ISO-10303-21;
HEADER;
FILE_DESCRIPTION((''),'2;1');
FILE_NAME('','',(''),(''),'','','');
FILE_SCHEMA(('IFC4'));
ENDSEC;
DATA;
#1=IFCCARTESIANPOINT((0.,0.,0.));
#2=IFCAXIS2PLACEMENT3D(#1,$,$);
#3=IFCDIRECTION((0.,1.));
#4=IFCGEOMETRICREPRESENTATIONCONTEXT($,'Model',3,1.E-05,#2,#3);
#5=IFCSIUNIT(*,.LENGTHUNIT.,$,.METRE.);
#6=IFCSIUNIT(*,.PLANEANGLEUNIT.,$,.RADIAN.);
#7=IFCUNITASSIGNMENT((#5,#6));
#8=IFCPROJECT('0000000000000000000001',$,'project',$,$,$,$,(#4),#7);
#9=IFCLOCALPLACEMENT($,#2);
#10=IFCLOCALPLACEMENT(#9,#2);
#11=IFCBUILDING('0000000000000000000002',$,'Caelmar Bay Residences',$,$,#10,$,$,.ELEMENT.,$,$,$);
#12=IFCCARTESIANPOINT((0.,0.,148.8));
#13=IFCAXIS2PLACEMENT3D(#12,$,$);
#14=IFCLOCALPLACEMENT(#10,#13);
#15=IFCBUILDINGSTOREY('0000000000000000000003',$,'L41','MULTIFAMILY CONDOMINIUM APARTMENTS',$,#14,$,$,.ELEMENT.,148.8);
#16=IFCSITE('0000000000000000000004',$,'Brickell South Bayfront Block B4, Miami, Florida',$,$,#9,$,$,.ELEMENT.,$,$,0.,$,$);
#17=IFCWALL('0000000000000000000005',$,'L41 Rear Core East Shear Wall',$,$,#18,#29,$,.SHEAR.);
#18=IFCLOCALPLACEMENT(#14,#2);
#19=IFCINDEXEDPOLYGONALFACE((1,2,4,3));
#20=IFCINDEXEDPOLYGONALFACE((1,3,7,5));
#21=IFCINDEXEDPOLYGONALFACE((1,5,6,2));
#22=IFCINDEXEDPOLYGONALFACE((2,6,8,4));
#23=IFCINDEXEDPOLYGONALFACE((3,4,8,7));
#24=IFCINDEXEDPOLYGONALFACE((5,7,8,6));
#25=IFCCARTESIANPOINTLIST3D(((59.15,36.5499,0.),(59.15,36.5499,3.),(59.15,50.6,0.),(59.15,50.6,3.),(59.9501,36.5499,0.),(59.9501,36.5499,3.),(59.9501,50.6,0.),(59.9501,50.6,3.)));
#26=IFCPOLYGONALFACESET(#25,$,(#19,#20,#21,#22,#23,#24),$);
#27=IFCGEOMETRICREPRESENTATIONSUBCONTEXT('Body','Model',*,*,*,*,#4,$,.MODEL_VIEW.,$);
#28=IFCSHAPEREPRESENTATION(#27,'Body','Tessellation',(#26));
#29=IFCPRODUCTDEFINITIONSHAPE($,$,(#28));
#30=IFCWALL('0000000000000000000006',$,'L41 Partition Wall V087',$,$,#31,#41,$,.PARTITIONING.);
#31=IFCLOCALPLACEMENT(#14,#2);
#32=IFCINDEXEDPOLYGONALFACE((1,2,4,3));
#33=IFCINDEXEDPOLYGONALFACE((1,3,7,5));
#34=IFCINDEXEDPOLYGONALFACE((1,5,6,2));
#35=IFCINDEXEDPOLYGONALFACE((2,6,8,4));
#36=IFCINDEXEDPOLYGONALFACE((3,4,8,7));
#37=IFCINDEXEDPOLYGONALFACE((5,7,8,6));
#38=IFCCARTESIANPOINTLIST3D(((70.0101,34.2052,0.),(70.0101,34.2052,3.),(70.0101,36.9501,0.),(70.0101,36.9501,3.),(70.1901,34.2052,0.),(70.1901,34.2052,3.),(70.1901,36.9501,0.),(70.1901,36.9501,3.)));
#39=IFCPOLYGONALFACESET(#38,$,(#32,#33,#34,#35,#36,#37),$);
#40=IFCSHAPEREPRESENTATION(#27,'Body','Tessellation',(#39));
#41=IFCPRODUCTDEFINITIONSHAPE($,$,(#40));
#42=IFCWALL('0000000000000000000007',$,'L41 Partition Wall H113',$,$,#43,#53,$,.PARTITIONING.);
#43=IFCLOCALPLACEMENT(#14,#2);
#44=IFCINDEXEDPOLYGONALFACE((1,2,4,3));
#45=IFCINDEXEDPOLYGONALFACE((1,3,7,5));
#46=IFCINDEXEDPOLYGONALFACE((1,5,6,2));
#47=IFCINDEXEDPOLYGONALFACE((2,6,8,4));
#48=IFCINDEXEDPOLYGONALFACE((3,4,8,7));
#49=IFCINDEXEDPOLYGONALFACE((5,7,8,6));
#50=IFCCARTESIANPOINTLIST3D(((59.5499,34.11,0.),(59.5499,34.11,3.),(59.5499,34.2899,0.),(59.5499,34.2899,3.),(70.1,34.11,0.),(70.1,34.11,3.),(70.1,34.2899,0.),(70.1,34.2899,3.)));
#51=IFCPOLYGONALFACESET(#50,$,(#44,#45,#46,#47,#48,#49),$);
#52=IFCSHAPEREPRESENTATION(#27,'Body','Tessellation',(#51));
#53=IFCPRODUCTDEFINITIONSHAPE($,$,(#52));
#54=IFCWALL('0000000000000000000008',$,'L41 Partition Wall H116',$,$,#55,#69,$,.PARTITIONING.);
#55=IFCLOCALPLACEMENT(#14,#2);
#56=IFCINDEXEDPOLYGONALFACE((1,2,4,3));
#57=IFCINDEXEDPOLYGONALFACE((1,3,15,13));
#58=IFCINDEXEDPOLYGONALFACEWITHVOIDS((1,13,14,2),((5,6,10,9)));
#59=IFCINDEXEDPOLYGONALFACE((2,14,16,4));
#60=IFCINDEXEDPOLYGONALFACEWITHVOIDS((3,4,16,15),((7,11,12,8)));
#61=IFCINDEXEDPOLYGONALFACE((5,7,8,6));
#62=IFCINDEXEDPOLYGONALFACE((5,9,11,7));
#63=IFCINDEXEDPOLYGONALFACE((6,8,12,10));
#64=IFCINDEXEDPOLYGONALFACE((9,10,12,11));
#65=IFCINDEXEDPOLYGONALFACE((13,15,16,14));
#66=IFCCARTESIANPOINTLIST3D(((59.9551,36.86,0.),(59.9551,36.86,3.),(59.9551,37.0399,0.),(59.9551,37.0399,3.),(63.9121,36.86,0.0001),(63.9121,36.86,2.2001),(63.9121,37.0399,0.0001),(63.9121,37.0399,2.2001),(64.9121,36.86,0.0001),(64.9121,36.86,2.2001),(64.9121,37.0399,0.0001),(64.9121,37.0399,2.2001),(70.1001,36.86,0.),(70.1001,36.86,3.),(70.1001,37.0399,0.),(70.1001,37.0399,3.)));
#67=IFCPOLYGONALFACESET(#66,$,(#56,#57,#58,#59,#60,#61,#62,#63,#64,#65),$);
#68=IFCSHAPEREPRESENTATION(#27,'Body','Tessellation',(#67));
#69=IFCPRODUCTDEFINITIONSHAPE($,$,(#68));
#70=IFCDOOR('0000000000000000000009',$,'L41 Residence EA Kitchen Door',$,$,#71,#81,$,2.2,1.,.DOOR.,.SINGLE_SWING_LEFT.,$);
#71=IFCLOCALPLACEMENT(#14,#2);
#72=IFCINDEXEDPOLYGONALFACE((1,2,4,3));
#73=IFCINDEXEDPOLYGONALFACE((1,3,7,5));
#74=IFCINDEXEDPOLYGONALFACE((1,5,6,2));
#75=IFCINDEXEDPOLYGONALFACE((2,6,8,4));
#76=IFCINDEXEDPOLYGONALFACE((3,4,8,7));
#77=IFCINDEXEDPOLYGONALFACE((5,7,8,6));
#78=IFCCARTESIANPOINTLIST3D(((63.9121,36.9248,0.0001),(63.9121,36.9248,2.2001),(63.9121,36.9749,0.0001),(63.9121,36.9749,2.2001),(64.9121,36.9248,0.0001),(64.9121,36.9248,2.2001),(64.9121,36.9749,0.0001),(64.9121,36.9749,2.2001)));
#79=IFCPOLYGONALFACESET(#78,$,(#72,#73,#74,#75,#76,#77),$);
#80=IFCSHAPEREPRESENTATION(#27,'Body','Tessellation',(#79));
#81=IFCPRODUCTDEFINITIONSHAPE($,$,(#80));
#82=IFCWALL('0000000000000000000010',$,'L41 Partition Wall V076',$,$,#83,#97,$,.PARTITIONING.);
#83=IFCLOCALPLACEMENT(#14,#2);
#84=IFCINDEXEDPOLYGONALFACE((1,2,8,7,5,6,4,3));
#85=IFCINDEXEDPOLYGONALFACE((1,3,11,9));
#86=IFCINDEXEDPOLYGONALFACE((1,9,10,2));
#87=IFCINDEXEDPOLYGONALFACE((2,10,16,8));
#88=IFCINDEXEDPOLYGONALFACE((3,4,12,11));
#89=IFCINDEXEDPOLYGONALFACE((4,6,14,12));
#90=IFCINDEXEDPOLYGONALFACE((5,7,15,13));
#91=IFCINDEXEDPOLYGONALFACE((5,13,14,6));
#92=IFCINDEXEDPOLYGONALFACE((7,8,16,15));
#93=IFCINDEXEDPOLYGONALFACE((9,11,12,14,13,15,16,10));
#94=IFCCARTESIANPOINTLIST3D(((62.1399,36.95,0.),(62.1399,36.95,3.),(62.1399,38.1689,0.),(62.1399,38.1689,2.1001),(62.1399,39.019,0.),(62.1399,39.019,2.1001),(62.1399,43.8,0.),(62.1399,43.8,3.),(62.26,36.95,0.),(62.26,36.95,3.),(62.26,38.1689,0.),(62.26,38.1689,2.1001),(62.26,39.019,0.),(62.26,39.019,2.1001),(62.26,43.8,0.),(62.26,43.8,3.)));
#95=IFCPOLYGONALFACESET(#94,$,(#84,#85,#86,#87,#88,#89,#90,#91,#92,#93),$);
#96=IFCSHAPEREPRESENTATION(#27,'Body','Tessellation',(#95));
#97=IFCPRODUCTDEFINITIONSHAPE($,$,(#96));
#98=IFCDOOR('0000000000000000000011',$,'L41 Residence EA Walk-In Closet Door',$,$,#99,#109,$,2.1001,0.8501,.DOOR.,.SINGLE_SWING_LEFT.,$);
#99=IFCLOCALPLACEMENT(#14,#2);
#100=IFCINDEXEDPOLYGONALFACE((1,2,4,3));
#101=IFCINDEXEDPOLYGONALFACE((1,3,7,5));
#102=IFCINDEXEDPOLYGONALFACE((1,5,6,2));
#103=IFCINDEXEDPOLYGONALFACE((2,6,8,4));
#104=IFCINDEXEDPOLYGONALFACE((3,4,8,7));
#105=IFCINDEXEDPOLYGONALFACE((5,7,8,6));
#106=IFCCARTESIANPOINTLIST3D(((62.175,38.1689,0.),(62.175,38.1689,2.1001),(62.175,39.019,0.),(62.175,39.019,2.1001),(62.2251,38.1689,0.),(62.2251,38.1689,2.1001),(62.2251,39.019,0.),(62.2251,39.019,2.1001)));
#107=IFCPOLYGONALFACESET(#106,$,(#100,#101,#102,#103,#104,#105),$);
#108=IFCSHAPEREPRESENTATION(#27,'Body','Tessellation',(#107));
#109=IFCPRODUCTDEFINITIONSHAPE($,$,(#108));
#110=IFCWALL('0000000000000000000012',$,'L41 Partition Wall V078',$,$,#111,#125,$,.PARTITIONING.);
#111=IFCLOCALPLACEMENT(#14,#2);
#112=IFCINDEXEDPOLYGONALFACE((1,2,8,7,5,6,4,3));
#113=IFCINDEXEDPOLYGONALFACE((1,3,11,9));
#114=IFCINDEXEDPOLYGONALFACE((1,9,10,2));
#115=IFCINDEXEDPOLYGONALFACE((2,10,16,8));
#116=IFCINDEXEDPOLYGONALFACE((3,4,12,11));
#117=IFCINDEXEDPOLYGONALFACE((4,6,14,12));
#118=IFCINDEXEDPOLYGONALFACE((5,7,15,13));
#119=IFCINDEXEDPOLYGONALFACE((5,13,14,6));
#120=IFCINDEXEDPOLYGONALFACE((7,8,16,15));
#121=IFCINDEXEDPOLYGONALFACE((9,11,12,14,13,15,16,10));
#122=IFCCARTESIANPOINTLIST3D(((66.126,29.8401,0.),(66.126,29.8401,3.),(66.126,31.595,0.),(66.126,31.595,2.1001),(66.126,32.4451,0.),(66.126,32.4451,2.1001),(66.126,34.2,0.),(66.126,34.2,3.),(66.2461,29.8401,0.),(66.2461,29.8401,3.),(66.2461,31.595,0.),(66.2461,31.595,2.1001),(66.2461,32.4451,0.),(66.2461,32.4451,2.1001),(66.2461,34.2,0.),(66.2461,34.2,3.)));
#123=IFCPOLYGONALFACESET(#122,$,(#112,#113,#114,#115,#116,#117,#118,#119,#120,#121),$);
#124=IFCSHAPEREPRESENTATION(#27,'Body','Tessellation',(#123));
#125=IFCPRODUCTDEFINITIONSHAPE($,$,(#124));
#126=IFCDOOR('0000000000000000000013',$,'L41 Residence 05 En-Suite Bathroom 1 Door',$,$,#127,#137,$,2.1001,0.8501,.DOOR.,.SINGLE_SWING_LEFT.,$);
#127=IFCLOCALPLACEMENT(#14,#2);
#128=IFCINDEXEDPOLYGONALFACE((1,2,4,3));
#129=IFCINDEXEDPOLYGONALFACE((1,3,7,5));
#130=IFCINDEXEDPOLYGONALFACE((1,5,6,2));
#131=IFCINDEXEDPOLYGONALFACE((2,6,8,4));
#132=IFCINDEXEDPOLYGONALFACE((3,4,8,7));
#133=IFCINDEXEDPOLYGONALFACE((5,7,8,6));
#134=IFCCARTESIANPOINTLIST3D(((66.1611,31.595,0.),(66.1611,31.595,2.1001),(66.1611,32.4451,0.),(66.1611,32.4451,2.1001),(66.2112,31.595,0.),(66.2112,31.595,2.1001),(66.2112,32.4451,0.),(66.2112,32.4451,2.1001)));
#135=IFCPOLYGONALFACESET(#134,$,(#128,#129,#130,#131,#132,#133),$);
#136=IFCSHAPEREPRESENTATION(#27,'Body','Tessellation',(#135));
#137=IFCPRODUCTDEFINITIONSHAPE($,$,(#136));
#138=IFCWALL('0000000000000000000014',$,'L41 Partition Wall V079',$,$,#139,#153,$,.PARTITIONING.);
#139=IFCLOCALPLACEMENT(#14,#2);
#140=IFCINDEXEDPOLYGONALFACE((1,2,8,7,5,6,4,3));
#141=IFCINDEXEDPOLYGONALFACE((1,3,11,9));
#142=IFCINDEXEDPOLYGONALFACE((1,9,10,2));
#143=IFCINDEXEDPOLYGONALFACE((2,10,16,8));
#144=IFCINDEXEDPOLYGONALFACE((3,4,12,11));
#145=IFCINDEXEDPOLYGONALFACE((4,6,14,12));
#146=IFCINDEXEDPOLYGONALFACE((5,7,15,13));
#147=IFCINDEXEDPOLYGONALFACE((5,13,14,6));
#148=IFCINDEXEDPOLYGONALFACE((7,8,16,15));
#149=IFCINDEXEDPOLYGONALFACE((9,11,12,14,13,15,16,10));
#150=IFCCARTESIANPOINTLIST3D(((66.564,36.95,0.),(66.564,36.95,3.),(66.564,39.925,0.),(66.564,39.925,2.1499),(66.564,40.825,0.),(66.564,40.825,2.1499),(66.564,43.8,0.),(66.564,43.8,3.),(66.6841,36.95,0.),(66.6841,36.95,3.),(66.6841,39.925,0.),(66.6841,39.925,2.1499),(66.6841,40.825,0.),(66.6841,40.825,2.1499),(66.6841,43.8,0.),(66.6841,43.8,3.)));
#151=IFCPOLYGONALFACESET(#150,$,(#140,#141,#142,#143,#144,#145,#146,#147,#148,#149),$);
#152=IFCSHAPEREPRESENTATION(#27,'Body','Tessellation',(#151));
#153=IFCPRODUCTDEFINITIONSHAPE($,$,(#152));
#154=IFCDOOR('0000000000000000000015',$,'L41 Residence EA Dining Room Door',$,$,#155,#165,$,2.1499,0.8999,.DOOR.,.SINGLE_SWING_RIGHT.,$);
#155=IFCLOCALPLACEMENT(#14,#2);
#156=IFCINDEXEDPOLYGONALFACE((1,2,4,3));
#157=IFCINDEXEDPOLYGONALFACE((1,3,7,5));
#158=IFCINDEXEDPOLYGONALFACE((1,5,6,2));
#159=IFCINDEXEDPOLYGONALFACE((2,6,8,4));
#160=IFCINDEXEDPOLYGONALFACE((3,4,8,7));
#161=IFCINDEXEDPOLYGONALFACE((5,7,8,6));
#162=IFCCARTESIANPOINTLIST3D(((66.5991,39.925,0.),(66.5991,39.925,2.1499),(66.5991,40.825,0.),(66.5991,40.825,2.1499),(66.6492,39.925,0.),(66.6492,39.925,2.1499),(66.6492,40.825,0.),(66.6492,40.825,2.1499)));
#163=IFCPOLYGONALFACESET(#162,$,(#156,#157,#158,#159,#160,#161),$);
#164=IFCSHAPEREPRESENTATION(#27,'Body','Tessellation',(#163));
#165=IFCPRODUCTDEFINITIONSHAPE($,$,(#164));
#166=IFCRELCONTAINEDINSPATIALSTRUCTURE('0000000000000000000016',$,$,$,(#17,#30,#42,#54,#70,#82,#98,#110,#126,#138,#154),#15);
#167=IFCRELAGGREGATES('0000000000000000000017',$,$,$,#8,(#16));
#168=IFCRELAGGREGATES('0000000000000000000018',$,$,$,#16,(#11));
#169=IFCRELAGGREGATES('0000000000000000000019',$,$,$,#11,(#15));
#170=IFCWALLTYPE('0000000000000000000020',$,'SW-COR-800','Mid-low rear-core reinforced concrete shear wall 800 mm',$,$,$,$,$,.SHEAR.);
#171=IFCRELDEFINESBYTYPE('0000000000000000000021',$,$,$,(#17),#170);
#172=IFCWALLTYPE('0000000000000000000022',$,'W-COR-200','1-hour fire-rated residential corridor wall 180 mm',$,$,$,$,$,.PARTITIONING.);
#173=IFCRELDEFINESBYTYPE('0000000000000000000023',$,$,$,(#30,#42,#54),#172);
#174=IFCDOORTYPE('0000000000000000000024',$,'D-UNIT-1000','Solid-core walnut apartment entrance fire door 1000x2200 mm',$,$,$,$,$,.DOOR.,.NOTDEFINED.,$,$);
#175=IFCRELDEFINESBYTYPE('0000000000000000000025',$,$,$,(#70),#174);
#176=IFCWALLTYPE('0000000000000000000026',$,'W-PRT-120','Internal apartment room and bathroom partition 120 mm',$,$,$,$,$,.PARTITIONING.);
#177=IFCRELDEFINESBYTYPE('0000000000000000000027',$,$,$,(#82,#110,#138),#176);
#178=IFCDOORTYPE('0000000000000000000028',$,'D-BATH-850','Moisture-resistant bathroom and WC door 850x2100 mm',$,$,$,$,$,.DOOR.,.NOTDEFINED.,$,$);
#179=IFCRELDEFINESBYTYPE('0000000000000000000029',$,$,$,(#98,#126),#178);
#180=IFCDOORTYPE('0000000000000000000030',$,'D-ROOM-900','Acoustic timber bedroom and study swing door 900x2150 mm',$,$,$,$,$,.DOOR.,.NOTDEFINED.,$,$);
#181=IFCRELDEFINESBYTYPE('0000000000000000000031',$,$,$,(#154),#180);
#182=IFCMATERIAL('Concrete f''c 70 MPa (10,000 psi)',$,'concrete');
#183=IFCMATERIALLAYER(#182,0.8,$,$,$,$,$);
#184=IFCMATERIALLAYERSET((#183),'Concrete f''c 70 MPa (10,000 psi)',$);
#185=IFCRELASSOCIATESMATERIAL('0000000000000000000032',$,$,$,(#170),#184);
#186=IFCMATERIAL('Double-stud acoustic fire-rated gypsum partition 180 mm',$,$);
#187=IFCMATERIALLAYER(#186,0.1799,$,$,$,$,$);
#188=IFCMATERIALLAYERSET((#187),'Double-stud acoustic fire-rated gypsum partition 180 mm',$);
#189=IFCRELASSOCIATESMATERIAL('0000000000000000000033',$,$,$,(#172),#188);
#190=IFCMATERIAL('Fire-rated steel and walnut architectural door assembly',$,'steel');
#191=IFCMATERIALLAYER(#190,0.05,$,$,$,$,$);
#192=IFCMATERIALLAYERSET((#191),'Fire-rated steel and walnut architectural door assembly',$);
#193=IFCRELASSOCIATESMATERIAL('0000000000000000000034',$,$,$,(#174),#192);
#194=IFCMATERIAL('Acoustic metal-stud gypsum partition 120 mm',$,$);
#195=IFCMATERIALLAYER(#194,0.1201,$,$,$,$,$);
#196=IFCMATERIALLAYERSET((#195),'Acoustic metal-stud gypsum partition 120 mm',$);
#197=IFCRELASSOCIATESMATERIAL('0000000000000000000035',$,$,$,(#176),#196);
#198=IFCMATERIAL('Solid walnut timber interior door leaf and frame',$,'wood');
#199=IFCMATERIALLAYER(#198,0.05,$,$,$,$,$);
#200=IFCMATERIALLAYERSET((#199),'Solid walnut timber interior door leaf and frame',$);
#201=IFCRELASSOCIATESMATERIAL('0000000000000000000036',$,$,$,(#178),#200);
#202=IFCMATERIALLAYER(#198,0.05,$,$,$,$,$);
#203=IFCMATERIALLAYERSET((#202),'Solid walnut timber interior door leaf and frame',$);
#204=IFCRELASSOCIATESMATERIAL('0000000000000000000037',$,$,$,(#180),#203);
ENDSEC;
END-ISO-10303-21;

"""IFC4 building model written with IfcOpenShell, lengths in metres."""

from ifc_helpers import new_model, si_unit, direction, frame, frame_2d, origin, place, context, subcontext, project, spatial, rectangle, extrude, material, layer, layer_set, type_object, element, fill, save


model = new_model("IFC4")

# Units and contexts
model_context = context("Model", 3, precision=1e-05, world=origin(), true_north=direction((0.0, 1.0)))
body_context = subcontext(model_context, "Body", "Model", "MODEL_VIEW")
ifc_project = project(units=[si_unit("LENGTHUNIT", "METRE"), si_unit("PLANEANGLEUNIT", "RADIAN")], contexts=[model_context])

# Site, building, storey
site_placement = place(None, origin())
site = spatial("IfcSite", under=ifc_project, at=site_placement, Name="Brickell South Bayfront Block B4, Miami, Florida", CompositionType="ELEMENT", RefElevation=0.0)
building_placement = place(site_placement, origin())
building = spatial("IfcBuilding", under=site, at=building_placement, Name="Caelmar Bay Residences", CompositionType="ELEMENT")
storey_placement = place(building_placement, frame((0.0, 0.0, 148.8)))
storey = spatial("IfcBuildingStorey", under=building, at=storey_placement, Name="L41", Description="MULTIFAMILY CONDOMINIUM APARTMENTS", CompositionType="ELEMENT", Elevation=148.8)

# Walls
ifc_material_1 = material(Name="Concrete f'c 70 MPa (10,000 psi)", Category="concrete")
ifc_layer_1 = layer(ifc_material_1, 0.8)
ifc_layer_set_1 = layer_set([ifc_layer_1], Name="Concrete f'c 70 MPa (10,000 psi)")
wall_type_1 = type_object("IfcWallType", Name="SW-COR-800", Description="Mid-low rear-core reinforced concrete shear wall 800 mm", PredefinedType="SHEAR", material=ifc_layer_set_1)
wall_1_placement = place(storey_placement, frame((59.55, 36.55, 0.0), z_axis=(0.0, 0.0, 1.0), x_axis=(0.0, 1.0, 0.0)))
element("IfcWall", 1, at=wall_1_placement, inside=storey, type_object=wall_type_1, Name="L41 Rear Core East Shear Wall", PredefinedType="SHEAR", context=body_context, shape_type="SweptSolid", body=[
    extrude(rectangle(XDim=14.05, YDim=0.8, at=frame_2d((7.0249, 0.0))), origin(), (0.0, 0.0, 1.0), 3.0),
])
ifc_material_2 = material(Name="Double-stud acoustic fire-rated gypsum partition 180 mm")
ifc_layer_2 = layer(ifc_material_2, 0.1799)
ifc_layer_set_2 = layer_set([ifc_layer_2], Name="Double-stud acoustic fire-rated gypsum partition 180 mm")
wall_type_2 = type_object("IfcWallType", Name="W-COR-200", Description="1-hour fire-rated residential corridor wall 180 mm", PredefinedType="PARTITIONING", material=ifc_layer_set_2)
wall_2_placement = place(storey_placement, frame((70.1001, 34.2051, 0.0), z_axis=(0.0, 0.0, 1.0), x_axis=(0.0, 1.0, 0.0)))
element("IfcWall", 2, at=wall_2_placement, inside=storey, type_object=wall_type_2, Name="L41 Partition Wall V087", PredefinedType="PARTITIONING", context=body_context, shape_type="SweptSolid", body=[
    extrude(rectangle(XDim=2.7449, YDim=0.1799, at=frame_2d((1.3726, 0.0))), origin(), (0.0, 0.0, 1.0), 3.0),
])
wall_3_placement = place(storey_placement, frame((59.55, 34.2, 0.0), z_axis=(0.0, 0.0, 1.0), x_axis=(1.0, 0.0, 0.0)))
element("IfcWall", 3, at=wall_3_placement, inside=storey, type_object=wall_type_2, Name="L41 Partition Wall H113", PredefinedType="PARTITIONING", context=body_context, shape_type="SweptSolid", body=[
    extrude(rectangle(XDim=10.55, YDim=0.1799, at=frame_2d((5.2749, 0.0))), origin(), (0.0, 0.0, 1.0), 3.0),
])

# Walls, openings, doors
wall_4_placement = place(storey_placement, frame((59.9551, 36.95, 0.0), z_axis=(0.0, 0.0, 1.0), x_axis=(1.0, 0.0, 0.0)))
wall_4 = element("IfcWall", 4, at=wall_4_placement, inside=storey, type_object=wall_type_2, Name="L41 Partition Wall H116", PredefinedType="PARTITIONING", context=body_context, shape_type="SweptSolid", body=[
    extrude(rectangle(XDim=10.145, YDim=0.1799, at=frame_2d((5.0725, 0.0))), origin(), (0.0, 0.0, 1.0), 3.0),
])
opening_1_placement = place(wall_4_placement, frame((3.957, 0.0, 0.0)))
opening_1 = element("IfcOpeningElement", 5, at=opening_1_placement, cuts=wall_4, PredefinedType="OPENING", context=body_context, shape_type="SweptSolid", body=[
    extrude(rectangle(XDim=1.0, YDim=2.2, at=frame_2d((0.5, 1.1001))), frame((0.0, 0.0999, 0.0), z_axis=(0.0, -1.0, 0.0), x_axis=(1.0, 0.0, 0.0)), (0.0, 0.0, 1.0), 0.2),
])
ifc_material_3 = material(Name="Fire-rated steel and walnut architectural door assembly", Category="steel")
ifc_layer_3 = layer(ifc_material_3, 0.05)
ifc_layer_set_3 = layer_set([ifc_layer_3], Name="Fire-rated steel and walnut architectural door assembly")
door_type_1 = type_object("IfcDoorType", Name="D-UNIT-1000", Description="Solid-core walnut apartment entrance fire door 1000x2200 mm", OperationType="NOTDEFINED", PredefinedType="DOOR", material=ifc_layer_set_3)
door_1_placement = place(opening_1_placement, origin())
door_1 = element("IfcDoor", 6, at=door_1_placement, inside=storey, type_object=door_type_1, Name="L41 Residence EA Kitchen Door", OperationType="SINGLE_SWING_LEFT", OverallHeight=2.2, OverallWidth=1.0, PredefinedType="DOOR", context=body_context, shape_type="SweptSolid", body=[
    extrude(rectangle(XDim=1.0, YDim=2.2, at=frame_2d((0.5, 1.1001))), frame((0.0, 0.0249, 0.0), z_axis=(0.0, -1.0, 0.0), x_axis=(1.0, 0.0, 0.0)), (0.0, 0.0, 1.0), 0.05),
])
fill(opening_1, door_1)
ifc_material_4 = material(Name="Acoustic metal-stud gypsum partition 120 mm")
ifc_layer_4 = layer(ifc_material_4, 0.1201)
ifc_layer_set_4 = layer_set([ifc_layer_4], Name="Acoustic metal-stud gypsum partition 120 mm")
wall_type_3 = type_object("IfcWallType", Name="W-PRT-120", Description="Internal apartment room and bathroom partition 120 mm", PredefinedType="PARTITIONING", material=ifc_layer_set_4)
wall_5_placement = place(storey_placement, frame((62.2, 36.95, 0.0), z_axis=(0.0, 0.0, 1.0), x_axis=(0.0, 1.0, 0.0)))
wall_5 = element("IfcWall", 7, at=wall_5_placement, inside=storey, type_object=wall_type_3, Name="L41 Partition Wall V076", PredefinedType="PARTITIONING", context=body_context, shape_type="SweptSolid", body=[
    extrude(rectangle(XDim=6.8501, YDim=0.1201, at=frame_2d((3.425, 0.0))), origin(), (0.0, 0.0, 1.0), 3.0),
])
opening_2_placement = place(wall_5_placement, frame((1.219, 0.0, 0.0)))
opening_2 = element("IfcOpeningElement", 8, at=opening_2_placement, cuts=wall_5, PredefinedType="OPENING", context=body_context, shape_type="SweptSolid", body=[
    extrude(rectangle(XDim=0.8501, YDim=2.1001, at=frame_2d((0.425, 1.05))), frame((0.0, 0.0701, 0.0), z_axis=(0.0, -1.0, 0.0), x_axis=(1.0, 0.0, 0.0)), (0.0, 0.0, 1.0), 0.1401),
])
ifc_material_5 = material(Name="Solid walnut timber interior door leaf and frame", Category="wood")
ifc_layer_5 = layer(ifc_material_5, 0.05)
ifc_layer_set_5 = layer_set([ifc_layer_5], Name="Solid walnut timber interior door leaf and frame")
door_type_2 = type_object("IfcDoorType", Name="D-BATH-850", Description="Moisture-resistant bathroom and WC door 850x2100 mm", OperationType="NOTDEFINED", PredefinedType="DOOR", material=ifc_layer_set_5)
door_2_placement = place(opening_2_placement, origin())
door_2 = element("IfcDoor", 9, at=door_2_placement, inside=storey, type_object=door_type_2, Name="L41 Residence EA Walk-In Closet Door", OperationType="SINGLE_SWING_LEFT", OverallHeight=2.1001, OverallWidth=0.8501, PredefinedType="DOOR", context=body_context, shape_type="SweptSolid", body=[
    extrude(rectangle(XDim=0.8501, YDim=2.1001, at=frame_2d((0.425, 1.05))), frame((0.0, 0.0249, 0.0), z_axis=(0.0, -1.0, 0.0), x_axis=(1.0, 0.0, 0.0)), (0.0, 0.0, 1.0), 0.05),
])
fill(opening_2, door_2)
wall_6_placement = place(storey_placement, frame((66.186, 29.8401, 0.0), z_axis=(0.0, 0.0, 1.0), x_axis=(0.0, 1.0, 0.0)))
wall_6 = element("IfcWall", 10, at=wall_6_placement, inside=storey, type_object=wall_type_3, Name="L41 Partition Wall V078", PredefinedType="PARTITIONING", context=body_context, shape_type="SweptSolid", body=[
    extrude(rectangle(XDim=4.3599, YDim=0.1201, at=frame_2d((2.1799, 0.0))), origin(), (0.0, 0.0, 1.0), 3.0),
])
opening_3_placement = place(wall_6_placement, frame((1.7549, 0.0, 0.0)))
opening_3 = element("IfcOpeningElement", 11, at=opening_3_placement, cuts=wall_6, PredefinedType="OPENING", context=body_context, shape_type="SweptSolid", body=[
    extrude(rectangle(XDim=0.8501, YDim=2.1001, at=frame_2d((0.425, 1.05))), frame((0.0, 0.0701, 0.0), z_axis=(0.0, -1.0, 0.0), x_axis=(1.0, 0.0, 0.0)), (0.0, 0.0, 1.0), 0.1401),
])
door_3_placement = place(opening_3_placement, origin())
door_3 = element("IfcDoor", 12, at=door_3_placement, inside=storey, type_object=door_type_2, Name="L41 Residence 05 En-Suite Bathroom 1 Door", OperationType="SINGLE_SWING_LEFT", OverallHeight=2.1001, OverallWidth=0.8501, PredefinedType="DOOR", context=body_context, shape_type="SweptSolid", body=[
    extrude(rectangle(XDim=0.8501, YDim=2.1001, at=frame_2d((0.425, 1.05))), frame((0.0, 0.0249, 0.0), z_axis=(0.0, -1.0, 0.0), x_axis=(1.0, 0.0, 0.0)), (0.0, 0.0, 1.0), 0.05),
])
fill(opening_3, door_3)
wall_7_placement = place(storey_placement, frame((66.624, 36.95, 0.0), z_axis=(0.0, 0.0, 1.0), x_axis=(0.0, 1.0, 0.0)))
wall_7 = element("IfcWall", 13, at=wall_7_placement, inside=storey, type_object=wall_type_3, Name="L41 Partition Wall V079", PredefinedType="PARTITIONING", context=body_context, shape_type="SweptSolid", body=[
    extrude(rectangle(XDim=6.8501, YDim=0.1201, at=frame_2d((3.425, 0.0))), origin(), (0.0, 0.0, 1.0), 3.0),
])
opening_4_placement = place(wall_7_placement, frame((2.9751, 0.0, 0.0)))
opening_4 = element("IfcOpeningElement", 14, at=opening_4_placement, cuts=wall_7, PredefinedType="OPENING", context=body_context, shape_type="SweptSolid", body=[
    extrude(rectangle(XDim=0.8999, YDim=2.1499, at=frame_2d((0.45, 1.075))), frame((0.0, 0.0701, 0.0), z_axis=(0.0, -1.0, 0.0), x_axis=(1.0, 0.0, 0.0)), (0.0, 0.0, 1.0), 0.1401),
])
ifc_layer_6 = layer(ifc_material_5, 0.05)
ifc_layer_set_6 = layer_set([ifc_layer_6], Name="Solid walnut timber interior door leaf and frame")
door_type_3 = type_object("IfcDoorType", Name="D-ROOM-900", Description="Acoustic timber bedroom and study swing door 900x2150 mm", OperationType="NOTDEFINED", PredefinedType="DOOR", material=ifc_layer_set_6)
door_4_placement = place(opening_4_placement, origin())
door_4 = element("IfcDoor", 15, at=door_4_placement, inside=storey, type_object=door_type_3, Name="L41 Residence EA Dining Room Door", OperationType="SINGLE_SWING_RIGHT", OverallHeight=2.1499, OverallWidth=0.8999, PredefinedType="DOOR", context=body_context, shape_type="SweptSolid", body=[
    extrude(rectangle(XDim=0.8999, YDim=2.1499, at=frame_2d((0.45, 1.075))), frame((0.0, 0.0249, 0.0), z_axis=(0.0, -1.0, 0.0), x_axis=(1.0, 0.0, 0.0)), (0.0, 0.0, 1.0), 0.05),
])
fill(opening_4, door_4)

save(model, "model.ifc")
